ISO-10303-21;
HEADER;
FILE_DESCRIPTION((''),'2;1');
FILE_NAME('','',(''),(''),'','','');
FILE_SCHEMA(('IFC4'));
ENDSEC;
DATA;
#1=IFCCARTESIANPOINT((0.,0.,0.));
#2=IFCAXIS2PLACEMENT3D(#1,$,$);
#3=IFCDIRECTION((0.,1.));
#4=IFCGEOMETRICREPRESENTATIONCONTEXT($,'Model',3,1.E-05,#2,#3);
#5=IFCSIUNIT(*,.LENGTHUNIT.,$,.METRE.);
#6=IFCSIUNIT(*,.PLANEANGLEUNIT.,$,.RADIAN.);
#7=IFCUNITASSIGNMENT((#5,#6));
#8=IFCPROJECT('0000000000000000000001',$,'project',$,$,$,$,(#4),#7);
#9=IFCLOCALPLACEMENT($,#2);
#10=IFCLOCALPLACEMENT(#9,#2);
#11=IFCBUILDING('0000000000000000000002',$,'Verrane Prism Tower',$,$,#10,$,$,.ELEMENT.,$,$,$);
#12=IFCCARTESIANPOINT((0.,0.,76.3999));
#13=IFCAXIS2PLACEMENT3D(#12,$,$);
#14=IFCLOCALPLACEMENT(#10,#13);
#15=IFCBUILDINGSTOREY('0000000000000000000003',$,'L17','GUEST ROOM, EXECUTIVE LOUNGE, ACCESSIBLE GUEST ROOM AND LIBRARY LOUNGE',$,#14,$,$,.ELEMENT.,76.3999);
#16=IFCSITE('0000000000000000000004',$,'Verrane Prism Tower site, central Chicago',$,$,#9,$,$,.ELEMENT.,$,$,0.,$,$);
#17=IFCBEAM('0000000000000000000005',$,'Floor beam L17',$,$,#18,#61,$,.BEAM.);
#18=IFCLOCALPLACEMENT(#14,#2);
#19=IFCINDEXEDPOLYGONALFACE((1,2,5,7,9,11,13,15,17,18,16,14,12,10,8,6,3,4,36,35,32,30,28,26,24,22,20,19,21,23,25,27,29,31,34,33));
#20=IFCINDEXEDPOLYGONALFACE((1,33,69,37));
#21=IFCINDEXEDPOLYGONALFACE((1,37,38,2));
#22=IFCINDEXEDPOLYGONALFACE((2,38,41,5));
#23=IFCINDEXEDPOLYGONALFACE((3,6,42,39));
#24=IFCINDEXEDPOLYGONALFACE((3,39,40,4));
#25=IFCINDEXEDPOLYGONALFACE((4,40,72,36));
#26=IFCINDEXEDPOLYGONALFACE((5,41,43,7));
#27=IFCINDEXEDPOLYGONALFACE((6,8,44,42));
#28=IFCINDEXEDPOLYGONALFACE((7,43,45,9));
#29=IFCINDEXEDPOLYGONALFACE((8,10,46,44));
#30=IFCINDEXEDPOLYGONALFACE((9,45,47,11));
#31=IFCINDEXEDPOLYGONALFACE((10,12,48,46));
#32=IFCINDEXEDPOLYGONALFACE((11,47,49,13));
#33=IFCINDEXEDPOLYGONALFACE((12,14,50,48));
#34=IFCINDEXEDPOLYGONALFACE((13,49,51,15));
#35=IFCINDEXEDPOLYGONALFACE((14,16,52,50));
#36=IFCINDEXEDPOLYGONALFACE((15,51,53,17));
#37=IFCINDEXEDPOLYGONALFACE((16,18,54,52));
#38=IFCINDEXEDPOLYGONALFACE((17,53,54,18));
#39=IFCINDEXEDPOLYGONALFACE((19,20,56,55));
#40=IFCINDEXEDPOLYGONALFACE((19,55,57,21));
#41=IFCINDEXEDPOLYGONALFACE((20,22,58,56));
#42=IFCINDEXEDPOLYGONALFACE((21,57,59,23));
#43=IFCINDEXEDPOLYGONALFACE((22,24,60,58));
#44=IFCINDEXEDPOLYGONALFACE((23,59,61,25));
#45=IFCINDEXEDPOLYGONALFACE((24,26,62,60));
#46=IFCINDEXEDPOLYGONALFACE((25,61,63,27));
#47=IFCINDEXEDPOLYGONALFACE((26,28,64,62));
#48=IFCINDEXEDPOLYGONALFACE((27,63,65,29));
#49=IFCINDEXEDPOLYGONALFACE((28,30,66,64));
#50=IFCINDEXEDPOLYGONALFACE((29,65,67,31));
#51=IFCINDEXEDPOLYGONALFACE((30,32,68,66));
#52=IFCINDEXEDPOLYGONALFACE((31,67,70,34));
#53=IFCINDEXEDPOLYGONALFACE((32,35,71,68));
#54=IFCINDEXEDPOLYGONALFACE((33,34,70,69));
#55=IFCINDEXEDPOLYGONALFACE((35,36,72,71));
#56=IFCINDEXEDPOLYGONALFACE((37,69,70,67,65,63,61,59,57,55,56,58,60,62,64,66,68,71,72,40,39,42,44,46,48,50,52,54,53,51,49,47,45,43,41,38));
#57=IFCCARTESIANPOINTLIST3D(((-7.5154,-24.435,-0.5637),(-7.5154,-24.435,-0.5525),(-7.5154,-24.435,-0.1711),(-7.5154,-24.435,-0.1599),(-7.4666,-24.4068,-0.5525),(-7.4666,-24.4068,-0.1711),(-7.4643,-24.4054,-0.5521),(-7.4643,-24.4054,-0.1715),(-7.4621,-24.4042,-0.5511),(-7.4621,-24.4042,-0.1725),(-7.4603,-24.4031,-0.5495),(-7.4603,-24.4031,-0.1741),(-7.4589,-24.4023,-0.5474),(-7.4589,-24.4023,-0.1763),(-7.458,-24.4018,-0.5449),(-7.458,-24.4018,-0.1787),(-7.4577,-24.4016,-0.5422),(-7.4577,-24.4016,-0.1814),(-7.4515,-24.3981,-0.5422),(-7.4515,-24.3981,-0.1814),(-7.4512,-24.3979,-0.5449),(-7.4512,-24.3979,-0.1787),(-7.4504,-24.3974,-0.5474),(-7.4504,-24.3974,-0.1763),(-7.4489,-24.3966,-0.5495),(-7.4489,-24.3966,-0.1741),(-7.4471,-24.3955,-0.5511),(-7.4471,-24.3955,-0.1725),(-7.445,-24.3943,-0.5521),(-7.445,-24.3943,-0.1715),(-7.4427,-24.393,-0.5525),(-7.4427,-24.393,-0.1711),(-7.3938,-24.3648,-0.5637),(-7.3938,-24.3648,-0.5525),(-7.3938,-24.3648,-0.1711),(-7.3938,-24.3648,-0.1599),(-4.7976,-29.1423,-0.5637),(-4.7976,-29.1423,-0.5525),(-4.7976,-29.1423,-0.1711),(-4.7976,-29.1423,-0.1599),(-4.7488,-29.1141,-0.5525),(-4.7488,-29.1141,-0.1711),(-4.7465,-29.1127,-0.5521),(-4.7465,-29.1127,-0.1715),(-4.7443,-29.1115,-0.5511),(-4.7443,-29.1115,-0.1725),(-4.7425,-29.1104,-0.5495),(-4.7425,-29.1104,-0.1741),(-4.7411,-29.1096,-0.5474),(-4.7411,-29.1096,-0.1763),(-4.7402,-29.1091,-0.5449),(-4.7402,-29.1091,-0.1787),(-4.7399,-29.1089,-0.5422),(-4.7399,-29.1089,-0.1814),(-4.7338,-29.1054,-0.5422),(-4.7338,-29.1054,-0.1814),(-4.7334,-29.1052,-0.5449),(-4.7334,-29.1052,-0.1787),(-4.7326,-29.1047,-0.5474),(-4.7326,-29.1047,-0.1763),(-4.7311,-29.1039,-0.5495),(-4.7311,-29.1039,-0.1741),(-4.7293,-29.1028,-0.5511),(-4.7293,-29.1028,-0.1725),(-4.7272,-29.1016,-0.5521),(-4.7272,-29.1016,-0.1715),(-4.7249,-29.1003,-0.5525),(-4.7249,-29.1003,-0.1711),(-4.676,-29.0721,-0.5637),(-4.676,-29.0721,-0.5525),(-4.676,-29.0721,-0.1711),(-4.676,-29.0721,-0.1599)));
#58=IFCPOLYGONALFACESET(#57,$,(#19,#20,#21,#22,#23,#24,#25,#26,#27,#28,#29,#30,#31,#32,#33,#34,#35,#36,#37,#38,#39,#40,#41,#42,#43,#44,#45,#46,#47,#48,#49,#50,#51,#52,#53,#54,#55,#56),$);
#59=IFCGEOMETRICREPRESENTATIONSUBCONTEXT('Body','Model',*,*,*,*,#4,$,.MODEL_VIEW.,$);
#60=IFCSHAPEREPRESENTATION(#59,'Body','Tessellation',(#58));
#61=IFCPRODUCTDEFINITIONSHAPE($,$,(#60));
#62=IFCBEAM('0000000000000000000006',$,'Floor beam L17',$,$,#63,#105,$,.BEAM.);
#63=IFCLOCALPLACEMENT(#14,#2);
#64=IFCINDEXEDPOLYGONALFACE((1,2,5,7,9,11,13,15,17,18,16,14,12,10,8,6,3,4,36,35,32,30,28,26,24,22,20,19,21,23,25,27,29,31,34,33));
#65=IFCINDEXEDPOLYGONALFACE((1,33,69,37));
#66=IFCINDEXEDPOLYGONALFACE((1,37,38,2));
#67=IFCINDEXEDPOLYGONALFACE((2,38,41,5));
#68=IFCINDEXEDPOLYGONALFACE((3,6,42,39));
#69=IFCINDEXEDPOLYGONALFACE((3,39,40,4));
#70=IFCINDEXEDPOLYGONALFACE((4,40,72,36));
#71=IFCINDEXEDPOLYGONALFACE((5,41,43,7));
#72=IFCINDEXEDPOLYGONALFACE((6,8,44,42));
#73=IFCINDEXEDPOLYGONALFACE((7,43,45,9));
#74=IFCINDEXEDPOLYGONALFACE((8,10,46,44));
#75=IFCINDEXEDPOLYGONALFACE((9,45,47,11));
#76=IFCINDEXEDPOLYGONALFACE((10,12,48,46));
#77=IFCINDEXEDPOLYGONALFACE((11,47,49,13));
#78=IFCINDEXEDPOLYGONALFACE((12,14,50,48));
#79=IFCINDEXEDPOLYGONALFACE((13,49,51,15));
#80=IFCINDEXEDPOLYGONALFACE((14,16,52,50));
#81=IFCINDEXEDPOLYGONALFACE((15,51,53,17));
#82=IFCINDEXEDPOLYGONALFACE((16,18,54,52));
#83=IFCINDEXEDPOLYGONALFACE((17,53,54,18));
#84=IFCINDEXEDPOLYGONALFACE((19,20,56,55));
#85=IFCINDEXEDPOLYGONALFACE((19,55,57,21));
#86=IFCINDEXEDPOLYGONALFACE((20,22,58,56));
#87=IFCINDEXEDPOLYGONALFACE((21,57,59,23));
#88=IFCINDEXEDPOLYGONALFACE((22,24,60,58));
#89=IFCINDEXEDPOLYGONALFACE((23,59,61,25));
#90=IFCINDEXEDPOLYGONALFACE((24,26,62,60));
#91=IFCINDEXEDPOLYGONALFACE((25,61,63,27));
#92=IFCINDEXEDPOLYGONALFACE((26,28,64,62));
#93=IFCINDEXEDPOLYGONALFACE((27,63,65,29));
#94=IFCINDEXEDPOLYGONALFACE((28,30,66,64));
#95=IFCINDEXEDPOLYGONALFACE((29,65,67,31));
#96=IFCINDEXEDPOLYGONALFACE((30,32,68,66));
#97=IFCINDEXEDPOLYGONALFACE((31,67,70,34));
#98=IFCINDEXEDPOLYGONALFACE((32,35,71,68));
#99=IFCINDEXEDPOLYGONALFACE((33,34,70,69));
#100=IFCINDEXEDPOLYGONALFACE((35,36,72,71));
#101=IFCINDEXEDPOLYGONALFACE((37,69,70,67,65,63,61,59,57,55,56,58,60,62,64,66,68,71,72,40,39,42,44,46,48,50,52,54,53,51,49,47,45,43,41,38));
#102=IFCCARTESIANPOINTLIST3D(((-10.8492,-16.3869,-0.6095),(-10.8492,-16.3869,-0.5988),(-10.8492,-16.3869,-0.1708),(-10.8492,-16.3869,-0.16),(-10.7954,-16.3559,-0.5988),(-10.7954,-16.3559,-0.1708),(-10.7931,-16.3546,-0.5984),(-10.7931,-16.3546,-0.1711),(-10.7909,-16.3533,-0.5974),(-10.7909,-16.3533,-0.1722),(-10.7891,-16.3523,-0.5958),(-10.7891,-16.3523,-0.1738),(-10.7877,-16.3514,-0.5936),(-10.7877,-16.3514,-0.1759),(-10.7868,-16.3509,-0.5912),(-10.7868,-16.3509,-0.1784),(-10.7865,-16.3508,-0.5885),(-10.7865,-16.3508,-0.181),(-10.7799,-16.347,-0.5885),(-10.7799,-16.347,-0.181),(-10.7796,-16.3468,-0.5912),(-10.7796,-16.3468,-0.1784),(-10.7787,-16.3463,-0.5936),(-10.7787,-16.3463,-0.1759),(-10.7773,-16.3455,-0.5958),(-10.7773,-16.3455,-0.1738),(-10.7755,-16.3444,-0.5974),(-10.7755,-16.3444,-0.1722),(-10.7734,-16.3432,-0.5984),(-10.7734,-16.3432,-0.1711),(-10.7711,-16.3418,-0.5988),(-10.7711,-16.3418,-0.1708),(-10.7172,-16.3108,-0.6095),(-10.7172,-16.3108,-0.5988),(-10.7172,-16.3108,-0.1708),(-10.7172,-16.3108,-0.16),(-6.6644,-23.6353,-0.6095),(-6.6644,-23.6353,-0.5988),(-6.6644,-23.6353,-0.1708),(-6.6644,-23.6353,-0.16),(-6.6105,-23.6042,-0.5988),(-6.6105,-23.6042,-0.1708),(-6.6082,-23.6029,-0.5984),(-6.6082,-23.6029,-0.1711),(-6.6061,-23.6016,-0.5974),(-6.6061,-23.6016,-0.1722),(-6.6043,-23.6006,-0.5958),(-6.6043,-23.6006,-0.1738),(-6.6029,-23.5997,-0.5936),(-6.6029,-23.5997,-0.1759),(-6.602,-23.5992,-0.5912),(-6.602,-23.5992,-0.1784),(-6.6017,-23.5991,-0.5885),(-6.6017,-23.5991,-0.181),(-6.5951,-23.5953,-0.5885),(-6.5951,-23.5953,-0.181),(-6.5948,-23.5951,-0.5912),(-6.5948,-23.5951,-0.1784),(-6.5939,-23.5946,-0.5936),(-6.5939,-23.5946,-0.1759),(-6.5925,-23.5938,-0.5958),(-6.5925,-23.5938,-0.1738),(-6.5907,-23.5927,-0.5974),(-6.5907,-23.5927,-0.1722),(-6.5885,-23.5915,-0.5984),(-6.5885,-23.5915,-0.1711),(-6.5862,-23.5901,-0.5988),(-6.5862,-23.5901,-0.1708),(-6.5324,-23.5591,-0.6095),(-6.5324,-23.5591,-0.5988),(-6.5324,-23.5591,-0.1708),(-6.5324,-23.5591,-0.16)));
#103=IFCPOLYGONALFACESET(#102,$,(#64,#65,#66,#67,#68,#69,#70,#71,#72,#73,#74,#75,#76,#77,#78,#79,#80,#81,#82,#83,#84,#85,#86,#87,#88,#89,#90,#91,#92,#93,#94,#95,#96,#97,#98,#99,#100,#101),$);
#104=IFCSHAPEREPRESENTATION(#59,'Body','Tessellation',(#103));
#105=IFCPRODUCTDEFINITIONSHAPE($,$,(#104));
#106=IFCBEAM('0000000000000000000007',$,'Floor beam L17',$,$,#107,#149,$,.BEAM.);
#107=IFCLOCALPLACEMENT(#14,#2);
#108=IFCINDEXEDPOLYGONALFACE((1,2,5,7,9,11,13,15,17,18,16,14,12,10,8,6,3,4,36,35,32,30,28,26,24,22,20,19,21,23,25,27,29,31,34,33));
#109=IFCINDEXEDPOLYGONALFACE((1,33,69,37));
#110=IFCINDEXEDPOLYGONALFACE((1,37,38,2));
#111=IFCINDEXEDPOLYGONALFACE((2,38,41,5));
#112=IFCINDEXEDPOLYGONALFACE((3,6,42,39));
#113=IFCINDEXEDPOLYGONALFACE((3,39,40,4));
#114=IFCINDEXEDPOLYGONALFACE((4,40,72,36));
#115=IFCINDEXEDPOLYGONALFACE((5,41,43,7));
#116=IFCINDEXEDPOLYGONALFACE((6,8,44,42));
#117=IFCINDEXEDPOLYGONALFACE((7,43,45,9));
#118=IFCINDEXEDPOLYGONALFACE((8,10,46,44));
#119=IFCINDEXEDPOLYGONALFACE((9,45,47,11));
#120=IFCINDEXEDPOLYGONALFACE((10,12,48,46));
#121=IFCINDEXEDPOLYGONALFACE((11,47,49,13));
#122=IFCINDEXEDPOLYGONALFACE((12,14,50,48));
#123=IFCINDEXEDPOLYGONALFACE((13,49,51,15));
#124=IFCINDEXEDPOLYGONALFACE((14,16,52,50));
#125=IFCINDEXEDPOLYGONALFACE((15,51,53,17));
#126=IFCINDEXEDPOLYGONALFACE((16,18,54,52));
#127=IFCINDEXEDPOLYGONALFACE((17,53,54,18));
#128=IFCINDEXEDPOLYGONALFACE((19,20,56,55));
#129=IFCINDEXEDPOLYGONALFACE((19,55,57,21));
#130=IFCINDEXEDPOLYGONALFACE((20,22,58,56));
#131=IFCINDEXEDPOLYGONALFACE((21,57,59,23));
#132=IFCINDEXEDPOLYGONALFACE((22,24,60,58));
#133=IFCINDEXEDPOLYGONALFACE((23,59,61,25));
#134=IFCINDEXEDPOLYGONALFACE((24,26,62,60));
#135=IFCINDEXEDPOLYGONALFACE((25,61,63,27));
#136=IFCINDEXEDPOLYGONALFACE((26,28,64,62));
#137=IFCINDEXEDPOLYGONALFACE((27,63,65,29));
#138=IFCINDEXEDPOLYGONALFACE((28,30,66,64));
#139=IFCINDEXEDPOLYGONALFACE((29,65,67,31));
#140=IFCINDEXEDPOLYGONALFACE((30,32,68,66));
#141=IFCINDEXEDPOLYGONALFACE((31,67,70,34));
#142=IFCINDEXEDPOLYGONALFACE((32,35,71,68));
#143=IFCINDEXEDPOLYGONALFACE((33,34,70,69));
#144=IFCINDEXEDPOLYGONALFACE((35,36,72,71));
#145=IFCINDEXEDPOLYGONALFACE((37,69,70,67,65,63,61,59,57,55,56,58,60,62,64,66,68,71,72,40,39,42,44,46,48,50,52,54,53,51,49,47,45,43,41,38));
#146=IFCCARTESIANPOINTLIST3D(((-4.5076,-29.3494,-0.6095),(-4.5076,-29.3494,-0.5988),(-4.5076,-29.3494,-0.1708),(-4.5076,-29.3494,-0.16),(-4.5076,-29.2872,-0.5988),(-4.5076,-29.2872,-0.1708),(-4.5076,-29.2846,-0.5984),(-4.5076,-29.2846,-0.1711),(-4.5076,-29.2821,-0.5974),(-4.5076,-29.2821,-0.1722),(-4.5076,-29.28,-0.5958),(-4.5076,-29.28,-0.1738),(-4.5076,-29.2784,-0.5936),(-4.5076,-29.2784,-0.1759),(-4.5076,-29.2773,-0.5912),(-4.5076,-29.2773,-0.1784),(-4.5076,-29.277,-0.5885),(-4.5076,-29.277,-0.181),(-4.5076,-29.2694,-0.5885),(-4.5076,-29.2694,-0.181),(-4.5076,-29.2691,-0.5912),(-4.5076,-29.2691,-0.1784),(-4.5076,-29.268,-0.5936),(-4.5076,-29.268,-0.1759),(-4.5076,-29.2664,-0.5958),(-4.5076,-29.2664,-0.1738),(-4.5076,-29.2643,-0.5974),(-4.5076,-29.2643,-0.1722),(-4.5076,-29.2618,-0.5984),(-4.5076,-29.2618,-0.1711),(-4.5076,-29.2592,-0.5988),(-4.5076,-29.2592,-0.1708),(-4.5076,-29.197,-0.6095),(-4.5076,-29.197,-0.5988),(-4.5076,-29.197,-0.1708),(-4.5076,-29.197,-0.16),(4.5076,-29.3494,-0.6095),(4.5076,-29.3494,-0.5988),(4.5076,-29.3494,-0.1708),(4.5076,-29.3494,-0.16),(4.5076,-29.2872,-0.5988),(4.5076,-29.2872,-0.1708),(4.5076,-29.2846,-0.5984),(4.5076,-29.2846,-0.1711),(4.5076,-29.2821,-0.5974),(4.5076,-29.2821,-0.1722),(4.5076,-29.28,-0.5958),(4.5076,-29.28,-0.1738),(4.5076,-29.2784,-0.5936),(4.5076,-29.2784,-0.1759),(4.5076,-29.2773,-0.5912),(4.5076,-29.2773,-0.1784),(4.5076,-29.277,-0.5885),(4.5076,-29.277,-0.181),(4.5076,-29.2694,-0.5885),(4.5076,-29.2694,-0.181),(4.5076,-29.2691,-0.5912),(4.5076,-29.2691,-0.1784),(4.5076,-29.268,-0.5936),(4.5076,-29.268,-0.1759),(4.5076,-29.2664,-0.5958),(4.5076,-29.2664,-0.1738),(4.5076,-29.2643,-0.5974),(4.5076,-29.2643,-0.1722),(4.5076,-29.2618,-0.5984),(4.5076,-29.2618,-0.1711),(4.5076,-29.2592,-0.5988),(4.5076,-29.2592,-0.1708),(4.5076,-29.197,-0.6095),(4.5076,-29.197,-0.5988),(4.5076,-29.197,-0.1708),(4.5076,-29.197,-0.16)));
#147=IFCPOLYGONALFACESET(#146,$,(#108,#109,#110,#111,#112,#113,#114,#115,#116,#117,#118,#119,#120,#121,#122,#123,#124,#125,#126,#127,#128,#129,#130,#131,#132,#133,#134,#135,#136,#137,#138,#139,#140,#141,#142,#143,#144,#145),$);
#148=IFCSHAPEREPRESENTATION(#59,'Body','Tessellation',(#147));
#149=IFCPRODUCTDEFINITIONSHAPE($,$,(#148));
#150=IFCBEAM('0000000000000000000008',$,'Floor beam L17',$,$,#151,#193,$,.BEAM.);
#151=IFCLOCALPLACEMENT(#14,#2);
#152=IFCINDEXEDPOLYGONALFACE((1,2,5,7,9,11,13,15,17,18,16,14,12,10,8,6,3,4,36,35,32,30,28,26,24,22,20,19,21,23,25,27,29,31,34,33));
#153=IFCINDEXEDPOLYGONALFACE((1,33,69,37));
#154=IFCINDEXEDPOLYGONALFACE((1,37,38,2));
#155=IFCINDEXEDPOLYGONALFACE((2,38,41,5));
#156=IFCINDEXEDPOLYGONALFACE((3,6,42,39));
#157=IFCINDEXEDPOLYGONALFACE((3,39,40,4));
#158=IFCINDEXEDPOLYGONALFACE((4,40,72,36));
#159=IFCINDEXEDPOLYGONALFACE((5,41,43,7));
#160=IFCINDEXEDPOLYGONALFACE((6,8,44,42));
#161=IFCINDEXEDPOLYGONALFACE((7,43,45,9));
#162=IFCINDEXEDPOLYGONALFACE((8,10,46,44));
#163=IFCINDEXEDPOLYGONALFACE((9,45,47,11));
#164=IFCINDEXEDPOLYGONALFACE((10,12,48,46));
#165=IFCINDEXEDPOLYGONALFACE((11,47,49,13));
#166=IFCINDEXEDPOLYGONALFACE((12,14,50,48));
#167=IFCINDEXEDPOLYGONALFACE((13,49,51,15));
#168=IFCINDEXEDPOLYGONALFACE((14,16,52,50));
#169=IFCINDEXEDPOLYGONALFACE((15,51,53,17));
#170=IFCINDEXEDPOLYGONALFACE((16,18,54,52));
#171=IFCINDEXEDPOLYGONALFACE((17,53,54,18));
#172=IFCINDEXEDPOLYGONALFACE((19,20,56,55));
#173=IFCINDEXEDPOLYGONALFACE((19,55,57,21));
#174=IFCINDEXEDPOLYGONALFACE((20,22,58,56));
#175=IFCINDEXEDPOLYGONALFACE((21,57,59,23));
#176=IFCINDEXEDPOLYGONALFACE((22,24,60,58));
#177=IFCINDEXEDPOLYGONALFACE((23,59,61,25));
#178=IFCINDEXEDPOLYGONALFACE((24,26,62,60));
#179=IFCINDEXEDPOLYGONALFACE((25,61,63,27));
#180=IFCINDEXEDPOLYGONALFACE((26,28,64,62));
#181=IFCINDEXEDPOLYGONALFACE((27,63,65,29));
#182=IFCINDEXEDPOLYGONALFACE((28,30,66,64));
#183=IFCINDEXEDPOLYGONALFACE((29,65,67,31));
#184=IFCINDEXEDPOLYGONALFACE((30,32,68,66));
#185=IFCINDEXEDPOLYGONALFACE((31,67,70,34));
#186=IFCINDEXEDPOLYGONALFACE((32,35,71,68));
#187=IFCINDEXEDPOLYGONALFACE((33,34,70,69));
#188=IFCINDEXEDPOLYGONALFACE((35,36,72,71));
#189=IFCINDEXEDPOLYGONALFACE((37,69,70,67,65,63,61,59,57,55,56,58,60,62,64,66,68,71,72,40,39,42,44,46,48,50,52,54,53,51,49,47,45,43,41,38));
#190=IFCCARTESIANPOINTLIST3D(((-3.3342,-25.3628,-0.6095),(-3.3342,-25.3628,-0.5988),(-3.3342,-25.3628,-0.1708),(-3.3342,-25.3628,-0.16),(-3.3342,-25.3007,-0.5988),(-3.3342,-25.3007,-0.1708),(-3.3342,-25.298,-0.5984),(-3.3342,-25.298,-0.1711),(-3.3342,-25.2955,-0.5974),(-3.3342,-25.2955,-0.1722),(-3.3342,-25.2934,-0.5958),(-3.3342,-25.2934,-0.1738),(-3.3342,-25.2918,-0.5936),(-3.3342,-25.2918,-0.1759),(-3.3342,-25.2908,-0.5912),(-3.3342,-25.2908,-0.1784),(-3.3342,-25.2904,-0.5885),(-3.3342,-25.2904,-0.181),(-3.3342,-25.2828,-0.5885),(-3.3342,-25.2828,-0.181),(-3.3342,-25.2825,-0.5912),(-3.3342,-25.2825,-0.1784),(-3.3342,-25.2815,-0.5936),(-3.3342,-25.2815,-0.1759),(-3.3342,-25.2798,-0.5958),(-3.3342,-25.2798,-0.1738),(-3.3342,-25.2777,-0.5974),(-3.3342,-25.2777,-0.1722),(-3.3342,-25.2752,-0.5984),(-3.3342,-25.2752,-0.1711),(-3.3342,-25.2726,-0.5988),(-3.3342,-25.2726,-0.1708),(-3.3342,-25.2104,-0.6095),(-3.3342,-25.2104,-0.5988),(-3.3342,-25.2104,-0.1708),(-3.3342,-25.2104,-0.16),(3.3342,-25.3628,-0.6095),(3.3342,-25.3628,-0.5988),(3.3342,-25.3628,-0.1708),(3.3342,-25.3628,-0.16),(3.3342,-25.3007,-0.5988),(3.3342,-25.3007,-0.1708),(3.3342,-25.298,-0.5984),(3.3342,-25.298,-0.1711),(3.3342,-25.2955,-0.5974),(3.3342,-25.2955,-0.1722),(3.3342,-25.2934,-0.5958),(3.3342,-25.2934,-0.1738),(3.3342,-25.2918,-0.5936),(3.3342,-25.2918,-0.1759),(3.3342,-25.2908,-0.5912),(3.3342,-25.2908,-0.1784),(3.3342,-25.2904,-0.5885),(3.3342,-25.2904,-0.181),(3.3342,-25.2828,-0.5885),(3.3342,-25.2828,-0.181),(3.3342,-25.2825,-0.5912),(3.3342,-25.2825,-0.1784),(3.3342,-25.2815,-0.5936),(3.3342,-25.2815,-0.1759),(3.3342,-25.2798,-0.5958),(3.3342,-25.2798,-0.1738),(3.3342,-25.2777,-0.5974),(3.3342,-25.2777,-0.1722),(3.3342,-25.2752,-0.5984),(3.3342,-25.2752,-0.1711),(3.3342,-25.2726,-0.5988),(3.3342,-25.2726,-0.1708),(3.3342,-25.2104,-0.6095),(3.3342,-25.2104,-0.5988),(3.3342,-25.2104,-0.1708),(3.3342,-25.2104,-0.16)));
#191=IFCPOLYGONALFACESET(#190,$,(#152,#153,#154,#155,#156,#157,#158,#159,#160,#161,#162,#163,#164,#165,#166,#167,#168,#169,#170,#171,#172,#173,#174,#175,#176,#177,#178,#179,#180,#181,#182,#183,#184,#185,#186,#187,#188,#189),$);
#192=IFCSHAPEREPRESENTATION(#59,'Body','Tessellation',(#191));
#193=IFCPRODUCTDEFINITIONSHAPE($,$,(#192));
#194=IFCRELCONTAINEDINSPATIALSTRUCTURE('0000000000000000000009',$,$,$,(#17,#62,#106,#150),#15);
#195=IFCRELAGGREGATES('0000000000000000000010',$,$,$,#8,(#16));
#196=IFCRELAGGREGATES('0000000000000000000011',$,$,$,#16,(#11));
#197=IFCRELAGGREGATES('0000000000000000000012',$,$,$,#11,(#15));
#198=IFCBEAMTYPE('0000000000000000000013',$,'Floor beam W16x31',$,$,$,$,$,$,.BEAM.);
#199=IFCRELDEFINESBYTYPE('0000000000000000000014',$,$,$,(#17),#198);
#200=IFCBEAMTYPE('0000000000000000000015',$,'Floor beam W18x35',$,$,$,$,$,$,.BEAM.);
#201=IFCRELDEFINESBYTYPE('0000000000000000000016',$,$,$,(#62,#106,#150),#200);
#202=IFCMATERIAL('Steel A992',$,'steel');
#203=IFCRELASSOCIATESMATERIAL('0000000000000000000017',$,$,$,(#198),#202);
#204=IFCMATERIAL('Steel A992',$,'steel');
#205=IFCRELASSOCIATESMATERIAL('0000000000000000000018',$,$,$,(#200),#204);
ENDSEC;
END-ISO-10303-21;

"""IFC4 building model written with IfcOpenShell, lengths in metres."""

from ifc_helpers import new_model, si_unit, direction, frame, origin, origin_2d, place, context, subcontext, project, spatial, i_section, extrude, material, material_profile, profile_set, type_object, element, save


model = new_model("IFC4")

# Units and contexts
model_context = context("Model", 3, precision=1e-05, world=origin(), true_north=direction((0.0, 1.0)))
body_context = subcontext(model_context, "Body", "Model", "MODEL_VIEW")
ifc_project = project(units=[si_unit("LENGTHUNIT", "METRE"), si_unit("PLANEANGLEUNIT", "RADIAN")], contexts=[model_context])

# Site, building, storey
site_placement = place(None, origin())
site = spatial("IfcSite", under=ifc_project, at=site_placement, Name="Verrane Prism Tower site, central Chicago", CompositionType="ELEMENT", RefElevation=0.0)
building_placement = place(site_placement, origin())
building = spatial("IfcBuilding", under=site, at=building_placement, Name="Verrane Prism Tower", CompositionType="ELEMENT")
storey_placement = place(building_placement, frame((0.0, 0.0, 76.3999)))
storey = spatial("IfcBuildingStorey", under=building, at=storey_placement, Name="L17", Description="GUEST ROOM, EXECUTIVE LOUNGE, ACCESSIBLE GUEST ROOM AND LIBRARY LOUNGE", CompositionType="ELEMENT", Elevation=76.3999)

# Beams
ifc_material_1 = material(Name="Steel A992", Category="steel")
ifc_material_profile_1 = material_profile(ifc_material_1, i_section(OverallWidth=0.1404, OverallDepth=0.4038, WebThickness=0.0071, FlangeThickness=0.0112, FilletRadius=0.0103, at=origin_2d()), Name="W16x31")
ifc_profile_set_1 = profile_set([ifc_material_profile_1], Name="Steel A992")
beam_type_1 = type_object("IfcBeamType", Name="Floor beam W16x31", PredefinedType="BEAM", material=ifc_profile_set_1)
beam_1_placement = place(storey_placement, frame((-4.7368, -29.1072, -0.3618), z_axis=(-0.500004, 0.866023, 0.0), x_axis=(-0.866023, -0.500004, 0.0)))
element("IfcBeam", 1, at=beam_1_placement, inside=storey, type_object=beam_type_1, Name="Floor beam L17", PredefinedType="BEAM", context=body_context, shape_type="SweptSolid", body=[
    extrude(i_section(OverallWidth=0.1404, OverallDepth=0.4038, WebThickness=0.0071, FlangeThickness=0.0112, FilletRadius=0.0103, at=origin_2d()), origin(), (0.0, 0.0, 1.0), 5.4355),
])
ifc_material_2 = material(Name="Steel A992", Category="steel")
ifc_material_profile_2 = material_profile(ifc_material_2, i_section(OverallWidth=0.1523, OverallDepth=0.4495, WebThickness=0.0076, FlangeThickness=0.0107, FilletRadius=0.0103, at=origin_2d()), Name="W18x35")
ifc_profile_set_2 = profile_set([ifc_material_profile_2], Name="Steel A992")
beam_type_2 = type_object("IfcBeamType", Name="Floor beam W18x35", PredefinedType="BEAM", material=ifc_profile_set_2)
beam_2_placement = place(storey_placement, frame((-6.5984, -23.5972, -0.3848), z_axis=(-0.500001, 0.866025, 0.0), x_axis=(-0.866025, -0.500001, 0.0)))
element("IfcBeam", 2, at=beam_2_placement, inside=storey, type_object=beam_type_2, Name="Floor beam L17", PredefinedType="BEAM", context=body_context, shape_type="SweptSolid", body=[
    extrude(i_section(OverallWidth=0.1523, OverallDepth=0.4495, WebThickness=0.0076, FlangeThickness=0.0107, FilletRadius=0.0103, at=origin_2d()), origin(), (0.0, 0.0, 1.0), 8.3696),
])
beam_3_placement = place(storey_placement, frame((-4.5076, -29.2732, -0.3848), z_axis=(1.0, 0.0, 0.0), x_axis=(0.0, 1.0, 0.0)))
element("IfcBeam", 3, at=beam_3_placement, inside=storey, type_object=beam_type_2, Name="Floor beam L17", PredefinedType="BEAM", context=body_context, shape_type="SweptSolid", body=[
    extrude(i_section(OverallWidth=0.1523, OverallDepth=0.4495, WebThickness=0.0076, FlangeThickness=0.0107, FilletRadius=0.0103, at=origin_2d()), origin(), (0.0, 0.0, 1.0), 9.0151),
])
beam_4_placement = place(storey_placement, frame((-3.3342, -25.2866, -0.3848), z_axis=(1.0, 0.0, 0.0), x_axis=(0.0, 1.0, 0.0)))
element("IfcBeam", 4, at=beam_4_placement, inside=storey, type_object=beam_type_2, Name="Floor beam L17", PredefinedType="BEAM", context=body_context, shape_type="SweptSolid", body=[
    extrude(i_section(OverallWidth=0.1523, OverallDepth=0.4495, WebThickness=0.0076, FlangeThickness=0.0107, FilletRadius=0.0103, at=origin_2d()), origin(), (0.0, 0.0, 1.0), 6.6685),
])

save(model, "model.ifc")
